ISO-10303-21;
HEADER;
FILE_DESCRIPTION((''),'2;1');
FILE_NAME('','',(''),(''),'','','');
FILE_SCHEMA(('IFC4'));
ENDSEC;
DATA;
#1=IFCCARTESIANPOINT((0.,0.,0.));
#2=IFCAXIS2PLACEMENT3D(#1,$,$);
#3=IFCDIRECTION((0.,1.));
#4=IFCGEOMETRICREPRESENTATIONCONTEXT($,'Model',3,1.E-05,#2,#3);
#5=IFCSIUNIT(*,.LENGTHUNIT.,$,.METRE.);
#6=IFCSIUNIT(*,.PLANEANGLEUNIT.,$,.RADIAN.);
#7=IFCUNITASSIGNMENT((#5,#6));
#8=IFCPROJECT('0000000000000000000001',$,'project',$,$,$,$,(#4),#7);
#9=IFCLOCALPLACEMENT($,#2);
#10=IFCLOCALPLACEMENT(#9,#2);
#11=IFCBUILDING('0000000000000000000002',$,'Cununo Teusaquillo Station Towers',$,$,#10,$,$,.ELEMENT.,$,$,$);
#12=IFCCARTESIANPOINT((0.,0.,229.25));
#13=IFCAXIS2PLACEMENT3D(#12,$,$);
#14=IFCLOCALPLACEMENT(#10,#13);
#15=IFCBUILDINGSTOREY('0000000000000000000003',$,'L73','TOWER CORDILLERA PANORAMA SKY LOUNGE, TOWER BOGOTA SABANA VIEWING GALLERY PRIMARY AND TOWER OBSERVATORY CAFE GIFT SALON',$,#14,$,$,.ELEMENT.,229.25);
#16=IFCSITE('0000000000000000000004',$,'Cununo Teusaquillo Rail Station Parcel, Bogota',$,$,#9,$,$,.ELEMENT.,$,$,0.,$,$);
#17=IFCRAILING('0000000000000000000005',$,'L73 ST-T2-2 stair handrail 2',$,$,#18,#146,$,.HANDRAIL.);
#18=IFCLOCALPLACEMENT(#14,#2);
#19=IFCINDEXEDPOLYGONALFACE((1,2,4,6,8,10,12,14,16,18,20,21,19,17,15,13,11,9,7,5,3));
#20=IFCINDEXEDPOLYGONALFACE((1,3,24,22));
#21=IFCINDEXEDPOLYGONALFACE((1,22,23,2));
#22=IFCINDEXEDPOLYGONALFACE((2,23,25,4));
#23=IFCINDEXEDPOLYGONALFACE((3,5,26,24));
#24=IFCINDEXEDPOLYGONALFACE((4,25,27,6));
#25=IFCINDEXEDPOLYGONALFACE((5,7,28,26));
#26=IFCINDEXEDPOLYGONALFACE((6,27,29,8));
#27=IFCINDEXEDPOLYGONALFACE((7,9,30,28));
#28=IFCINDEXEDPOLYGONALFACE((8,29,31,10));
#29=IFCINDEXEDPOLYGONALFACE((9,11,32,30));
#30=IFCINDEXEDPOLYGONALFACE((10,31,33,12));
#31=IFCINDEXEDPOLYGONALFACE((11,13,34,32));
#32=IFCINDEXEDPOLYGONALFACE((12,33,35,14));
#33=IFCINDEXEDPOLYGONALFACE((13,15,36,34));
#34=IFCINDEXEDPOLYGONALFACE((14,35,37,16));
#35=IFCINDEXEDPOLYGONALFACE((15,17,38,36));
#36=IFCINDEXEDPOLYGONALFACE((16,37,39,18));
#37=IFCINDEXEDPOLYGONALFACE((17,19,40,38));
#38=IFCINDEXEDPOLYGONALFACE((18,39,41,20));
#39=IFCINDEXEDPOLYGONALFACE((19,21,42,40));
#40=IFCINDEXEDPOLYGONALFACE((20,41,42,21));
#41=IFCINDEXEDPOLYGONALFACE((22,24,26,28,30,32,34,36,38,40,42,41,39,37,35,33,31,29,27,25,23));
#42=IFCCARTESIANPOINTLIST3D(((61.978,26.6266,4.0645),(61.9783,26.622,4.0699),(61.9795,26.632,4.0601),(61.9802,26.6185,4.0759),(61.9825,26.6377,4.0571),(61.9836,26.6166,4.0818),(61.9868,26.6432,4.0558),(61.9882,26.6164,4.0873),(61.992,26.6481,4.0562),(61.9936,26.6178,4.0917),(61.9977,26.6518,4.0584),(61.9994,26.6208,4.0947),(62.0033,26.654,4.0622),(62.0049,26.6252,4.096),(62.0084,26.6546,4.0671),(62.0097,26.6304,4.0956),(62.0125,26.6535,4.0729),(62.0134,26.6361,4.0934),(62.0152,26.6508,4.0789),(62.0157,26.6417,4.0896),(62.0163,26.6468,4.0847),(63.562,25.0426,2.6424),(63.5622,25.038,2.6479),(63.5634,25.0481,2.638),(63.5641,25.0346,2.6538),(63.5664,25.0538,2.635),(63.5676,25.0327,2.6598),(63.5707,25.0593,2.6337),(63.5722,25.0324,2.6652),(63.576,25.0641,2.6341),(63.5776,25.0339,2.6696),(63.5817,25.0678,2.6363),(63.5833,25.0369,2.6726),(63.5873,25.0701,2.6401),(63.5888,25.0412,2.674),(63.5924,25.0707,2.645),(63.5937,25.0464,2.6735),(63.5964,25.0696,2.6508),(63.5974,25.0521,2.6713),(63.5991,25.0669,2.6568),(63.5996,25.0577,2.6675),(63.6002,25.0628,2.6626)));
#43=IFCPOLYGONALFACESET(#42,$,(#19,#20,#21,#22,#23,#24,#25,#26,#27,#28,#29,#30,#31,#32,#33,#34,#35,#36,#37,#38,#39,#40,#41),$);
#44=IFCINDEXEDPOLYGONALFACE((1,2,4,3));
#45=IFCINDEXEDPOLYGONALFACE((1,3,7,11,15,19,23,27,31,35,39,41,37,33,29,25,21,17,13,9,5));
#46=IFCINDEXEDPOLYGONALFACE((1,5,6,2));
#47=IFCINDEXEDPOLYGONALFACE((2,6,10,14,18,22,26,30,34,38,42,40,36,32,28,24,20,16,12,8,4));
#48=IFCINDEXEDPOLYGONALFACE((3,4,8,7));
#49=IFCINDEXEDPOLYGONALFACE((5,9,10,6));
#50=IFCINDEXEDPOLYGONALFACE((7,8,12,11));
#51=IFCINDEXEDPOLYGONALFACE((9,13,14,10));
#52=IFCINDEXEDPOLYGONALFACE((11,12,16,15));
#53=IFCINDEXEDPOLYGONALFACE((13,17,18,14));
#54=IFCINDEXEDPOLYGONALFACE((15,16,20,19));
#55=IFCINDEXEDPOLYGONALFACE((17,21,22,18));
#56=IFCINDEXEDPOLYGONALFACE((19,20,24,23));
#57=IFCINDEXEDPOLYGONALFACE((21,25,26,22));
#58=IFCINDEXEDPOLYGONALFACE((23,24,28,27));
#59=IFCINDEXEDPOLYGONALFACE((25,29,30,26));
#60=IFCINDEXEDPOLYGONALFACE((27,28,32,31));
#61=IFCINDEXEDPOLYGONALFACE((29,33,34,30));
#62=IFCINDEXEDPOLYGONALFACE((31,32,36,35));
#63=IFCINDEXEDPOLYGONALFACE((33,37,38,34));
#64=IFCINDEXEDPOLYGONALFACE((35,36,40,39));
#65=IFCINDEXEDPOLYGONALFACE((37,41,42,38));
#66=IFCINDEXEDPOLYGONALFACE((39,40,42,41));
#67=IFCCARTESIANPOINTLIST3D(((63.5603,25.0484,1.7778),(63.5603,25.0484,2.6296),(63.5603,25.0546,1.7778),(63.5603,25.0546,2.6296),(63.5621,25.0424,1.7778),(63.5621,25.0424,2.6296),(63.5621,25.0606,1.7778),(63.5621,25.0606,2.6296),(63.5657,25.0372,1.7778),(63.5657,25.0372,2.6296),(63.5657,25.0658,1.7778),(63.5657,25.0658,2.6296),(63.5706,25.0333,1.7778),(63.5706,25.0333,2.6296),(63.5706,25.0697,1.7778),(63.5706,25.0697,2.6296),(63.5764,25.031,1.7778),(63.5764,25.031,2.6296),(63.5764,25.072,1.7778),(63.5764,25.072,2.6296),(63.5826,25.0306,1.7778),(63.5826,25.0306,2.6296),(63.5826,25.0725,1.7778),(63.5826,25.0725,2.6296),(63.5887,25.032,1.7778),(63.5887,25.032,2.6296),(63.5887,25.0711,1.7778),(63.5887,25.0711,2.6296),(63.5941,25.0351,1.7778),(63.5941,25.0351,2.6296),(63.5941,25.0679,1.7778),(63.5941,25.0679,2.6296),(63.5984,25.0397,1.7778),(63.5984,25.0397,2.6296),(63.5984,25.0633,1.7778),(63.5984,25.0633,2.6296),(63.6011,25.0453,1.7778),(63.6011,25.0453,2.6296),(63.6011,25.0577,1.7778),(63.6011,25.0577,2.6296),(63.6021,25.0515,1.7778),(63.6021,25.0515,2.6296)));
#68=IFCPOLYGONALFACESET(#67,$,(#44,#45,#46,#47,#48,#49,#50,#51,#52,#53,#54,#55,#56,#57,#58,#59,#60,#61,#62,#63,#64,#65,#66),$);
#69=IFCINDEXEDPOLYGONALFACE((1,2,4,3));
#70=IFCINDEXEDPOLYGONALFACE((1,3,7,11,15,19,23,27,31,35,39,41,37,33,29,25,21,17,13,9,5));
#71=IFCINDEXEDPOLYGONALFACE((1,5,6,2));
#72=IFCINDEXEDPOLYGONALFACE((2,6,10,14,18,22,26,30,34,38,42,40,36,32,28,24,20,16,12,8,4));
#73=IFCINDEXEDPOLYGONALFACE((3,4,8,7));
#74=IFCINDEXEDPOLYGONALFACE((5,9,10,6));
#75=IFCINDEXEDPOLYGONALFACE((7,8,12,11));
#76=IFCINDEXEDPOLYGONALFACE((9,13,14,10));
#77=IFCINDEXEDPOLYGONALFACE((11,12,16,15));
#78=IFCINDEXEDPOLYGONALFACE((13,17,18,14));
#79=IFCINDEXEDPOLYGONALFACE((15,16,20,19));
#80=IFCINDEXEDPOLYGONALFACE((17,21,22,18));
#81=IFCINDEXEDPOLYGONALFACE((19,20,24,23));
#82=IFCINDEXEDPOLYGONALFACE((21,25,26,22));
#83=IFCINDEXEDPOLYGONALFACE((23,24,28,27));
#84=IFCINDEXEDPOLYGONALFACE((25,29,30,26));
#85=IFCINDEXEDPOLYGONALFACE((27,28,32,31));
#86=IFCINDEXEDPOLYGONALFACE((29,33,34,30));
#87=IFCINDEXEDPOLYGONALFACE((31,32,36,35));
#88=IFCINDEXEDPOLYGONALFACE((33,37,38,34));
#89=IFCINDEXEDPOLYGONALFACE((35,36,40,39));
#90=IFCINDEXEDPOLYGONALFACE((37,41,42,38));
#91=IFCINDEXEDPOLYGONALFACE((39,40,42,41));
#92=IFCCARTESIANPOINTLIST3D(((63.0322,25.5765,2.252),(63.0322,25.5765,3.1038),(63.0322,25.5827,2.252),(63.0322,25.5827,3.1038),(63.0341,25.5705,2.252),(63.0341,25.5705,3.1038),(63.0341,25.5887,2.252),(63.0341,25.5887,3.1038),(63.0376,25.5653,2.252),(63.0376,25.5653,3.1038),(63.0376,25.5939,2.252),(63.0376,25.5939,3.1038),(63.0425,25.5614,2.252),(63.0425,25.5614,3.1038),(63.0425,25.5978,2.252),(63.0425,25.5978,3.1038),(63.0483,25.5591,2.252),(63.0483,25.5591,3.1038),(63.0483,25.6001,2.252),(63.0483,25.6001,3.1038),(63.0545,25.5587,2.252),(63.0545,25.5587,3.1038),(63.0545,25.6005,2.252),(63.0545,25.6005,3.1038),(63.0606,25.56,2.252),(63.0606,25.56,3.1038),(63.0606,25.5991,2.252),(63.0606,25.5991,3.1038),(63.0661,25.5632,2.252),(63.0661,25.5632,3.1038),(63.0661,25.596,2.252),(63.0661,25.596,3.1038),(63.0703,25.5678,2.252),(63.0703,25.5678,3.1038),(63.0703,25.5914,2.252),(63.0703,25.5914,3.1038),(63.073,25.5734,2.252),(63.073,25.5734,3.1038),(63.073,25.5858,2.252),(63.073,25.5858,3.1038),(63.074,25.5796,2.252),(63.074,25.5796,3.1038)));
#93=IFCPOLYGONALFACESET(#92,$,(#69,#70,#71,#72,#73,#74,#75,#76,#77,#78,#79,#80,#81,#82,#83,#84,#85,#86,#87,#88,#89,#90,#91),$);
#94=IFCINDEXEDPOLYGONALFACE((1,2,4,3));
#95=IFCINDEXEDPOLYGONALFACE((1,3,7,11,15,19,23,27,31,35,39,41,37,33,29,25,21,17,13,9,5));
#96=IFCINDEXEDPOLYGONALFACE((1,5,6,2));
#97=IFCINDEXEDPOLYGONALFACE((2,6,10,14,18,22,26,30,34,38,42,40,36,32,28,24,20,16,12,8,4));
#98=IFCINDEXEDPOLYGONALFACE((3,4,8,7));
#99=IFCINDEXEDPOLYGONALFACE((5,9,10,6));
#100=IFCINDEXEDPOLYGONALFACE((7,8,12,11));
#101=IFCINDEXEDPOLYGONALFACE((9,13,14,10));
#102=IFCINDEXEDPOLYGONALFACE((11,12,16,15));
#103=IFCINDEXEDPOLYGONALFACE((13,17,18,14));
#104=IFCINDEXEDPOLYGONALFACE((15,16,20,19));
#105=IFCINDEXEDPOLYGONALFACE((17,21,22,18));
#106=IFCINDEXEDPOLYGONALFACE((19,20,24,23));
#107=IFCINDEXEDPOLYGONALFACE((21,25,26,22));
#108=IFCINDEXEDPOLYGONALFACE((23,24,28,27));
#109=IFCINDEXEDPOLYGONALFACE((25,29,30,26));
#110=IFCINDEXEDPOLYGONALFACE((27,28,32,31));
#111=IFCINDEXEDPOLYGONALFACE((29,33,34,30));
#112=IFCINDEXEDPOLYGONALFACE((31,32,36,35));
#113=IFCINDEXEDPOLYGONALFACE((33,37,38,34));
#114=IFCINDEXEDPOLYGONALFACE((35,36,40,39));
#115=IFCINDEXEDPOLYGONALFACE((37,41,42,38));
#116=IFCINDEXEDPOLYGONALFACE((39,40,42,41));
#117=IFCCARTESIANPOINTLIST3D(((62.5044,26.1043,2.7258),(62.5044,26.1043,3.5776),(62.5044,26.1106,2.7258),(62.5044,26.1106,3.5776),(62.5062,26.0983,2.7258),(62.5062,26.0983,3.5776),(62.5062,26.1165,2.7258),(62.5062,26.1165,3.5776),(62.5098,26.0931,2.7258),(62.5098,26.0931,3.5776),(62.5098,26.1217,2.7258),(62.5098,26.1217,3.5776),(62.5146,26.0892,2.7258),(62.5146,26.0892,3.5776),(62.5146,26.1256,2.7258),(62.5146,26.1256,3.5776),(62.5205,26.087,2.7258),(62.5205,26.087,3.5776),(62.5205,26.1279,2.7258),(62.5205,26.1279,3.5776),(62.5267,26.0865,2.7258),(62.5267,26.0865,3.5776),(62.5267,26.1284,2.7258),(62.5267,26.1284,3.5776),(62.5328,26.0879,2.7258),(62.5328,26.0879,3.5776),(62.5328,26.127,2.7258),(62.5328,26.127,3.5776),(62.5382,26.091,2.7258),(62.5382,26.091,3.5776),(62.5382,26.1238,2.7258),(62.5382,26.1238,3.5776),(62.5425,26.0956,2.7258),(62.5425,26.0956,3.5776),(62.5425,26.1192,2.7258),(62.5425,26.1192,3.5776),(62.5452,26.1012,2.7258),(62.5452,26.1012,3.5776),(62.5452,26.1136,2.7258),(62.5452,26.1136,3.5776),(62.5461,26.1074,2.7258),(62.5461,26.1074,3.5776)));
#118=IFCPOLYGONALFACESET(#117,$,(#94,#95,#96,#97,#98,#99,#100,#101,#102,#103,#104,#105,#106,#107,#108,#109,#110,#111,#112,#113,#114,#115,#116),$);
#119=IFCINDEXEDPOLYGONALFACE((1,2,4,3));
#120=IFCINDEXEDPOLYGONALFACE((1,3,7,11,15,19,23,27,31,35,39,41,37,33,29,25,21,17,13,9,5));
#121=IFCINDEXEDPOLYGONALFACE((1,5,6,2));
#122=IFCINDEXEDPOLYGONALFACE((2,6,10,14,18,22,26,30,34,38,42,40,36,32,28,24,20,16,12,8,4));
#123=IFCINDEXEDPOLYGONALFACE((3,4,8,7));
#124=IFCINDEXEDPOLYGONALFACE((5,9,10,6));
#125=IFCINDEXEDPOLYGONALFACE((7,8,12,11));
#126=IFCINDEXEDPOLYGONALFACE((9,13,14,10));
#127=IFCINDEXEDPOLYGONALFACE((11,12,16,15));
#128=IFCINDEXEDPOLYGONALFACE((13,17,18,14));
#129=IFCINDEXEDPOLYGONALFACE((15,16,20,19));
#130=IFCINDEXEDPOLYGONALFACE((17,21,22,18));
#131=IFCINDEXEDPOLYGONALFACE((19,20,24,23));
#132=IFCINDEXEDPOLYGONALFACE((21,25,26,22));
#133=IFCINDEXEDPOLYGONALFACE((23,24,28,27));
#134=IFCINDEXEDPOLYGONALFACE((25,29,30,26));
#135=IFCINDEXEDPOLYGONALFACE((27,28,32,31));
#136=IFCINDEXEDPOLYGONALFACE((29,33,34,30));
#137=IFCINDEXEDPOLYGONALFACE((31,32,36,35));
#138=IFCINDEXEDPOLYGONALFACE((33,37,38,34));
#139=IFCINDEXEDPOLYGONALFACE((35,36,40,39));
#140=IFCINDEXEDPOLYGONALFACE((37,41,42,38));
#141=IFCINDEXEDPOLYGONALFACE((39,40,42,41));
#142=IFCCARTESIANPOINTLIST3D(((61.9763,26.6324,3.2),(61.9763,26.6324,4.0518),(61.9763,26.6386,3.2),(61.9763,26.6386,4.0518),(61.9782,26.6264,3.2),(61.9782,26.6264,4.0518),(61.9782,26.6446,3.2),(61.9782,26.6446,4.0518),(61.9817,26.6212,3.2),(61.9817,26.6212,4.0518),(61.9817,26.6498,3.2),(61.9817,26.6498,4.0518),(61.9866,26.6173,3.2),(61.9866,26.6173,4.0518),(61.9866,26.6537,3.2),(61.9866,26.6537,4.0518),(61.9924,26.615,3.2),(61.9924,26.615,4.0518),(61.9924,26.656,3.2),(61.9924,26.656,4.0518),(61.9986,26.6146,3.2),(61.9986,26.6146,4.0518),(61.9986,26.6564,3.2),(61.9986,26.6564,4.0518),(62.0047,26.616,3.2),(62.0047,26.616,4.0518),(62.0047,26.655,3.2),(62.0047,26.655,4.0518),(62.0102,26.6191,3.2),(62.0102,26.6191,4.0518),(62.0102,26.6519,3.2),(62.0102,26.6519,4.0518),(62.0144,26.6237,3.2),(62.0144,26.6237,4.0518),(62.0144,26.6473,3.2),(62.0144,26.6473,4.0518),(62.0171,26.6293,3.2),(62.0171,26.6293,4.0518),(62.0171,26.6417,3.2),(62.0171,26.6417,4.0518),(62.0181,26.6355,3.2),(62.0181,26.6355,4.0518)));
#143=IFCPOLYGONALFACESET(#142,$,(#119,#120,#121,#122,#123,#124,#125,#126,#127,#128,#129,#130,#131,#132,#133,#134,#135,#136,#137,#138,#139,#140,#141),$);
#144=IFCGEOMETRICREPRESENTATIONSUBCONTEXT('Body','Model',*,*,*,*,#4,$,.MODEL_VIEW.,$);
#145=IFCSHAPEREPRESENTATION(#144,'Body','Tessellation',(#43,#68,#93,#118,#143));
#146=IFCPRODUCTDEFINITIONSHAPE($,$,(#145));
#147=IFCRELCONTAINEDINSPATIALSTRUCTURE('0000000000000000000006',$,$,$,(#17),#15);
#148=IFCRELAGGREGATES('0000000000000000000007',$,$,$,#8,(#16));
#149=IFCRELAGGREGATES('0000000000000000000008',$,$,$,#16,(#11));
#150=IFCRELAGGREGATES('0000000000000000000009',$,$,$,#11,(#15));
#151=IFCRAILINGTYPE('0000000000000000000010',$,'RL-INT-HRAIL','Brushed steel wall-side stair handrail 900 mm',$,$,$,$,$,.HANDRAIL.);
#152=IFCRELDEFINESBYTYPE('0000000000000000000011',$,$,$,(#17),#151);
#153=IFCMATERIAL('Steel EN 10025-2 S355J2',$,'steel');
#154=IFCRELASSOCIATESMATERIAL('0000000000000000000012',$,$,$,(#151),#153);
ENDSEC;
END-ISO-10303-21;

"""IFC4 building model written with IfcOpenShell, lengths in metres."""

from ifc_helpers import new_model, si_unit, direction, frame, origin, origin_2d, place, context, subcontext, project, spatial, circle, extrude, material, type_object, element, save


model = new_model("IFC4")

# Units and contexts
model_context = context("Model", 3, precision=1e-05, world=origin(), true_north=direction((0.0, 1.0)))
body_context = subcontext(model_context, "Body", "Model", "MODEL_VIEW")
ifc_project = project(units=[si_unit("LENGTHUNIT", "METRE"), si_unit("PLANEANGLEUNIT", "RADIAN")], contexts=[model_context])

# Site, building, storey
site_placement = place(None, origin())
site = spatial("IfcSite", under=ifc_project, at=site_placement, Name="Cununo Teusaquillo Rail Station Parcel, Bogota", CompositionType="ELEMENT", RefElevation=0.0)
building_placement = place(site_placement, origin())
building = spatial("IfcBuilding", under=site, at=building_placement, Name="Cununo Teusaquillo Station Towers", CompositionType="ELEMENT")
storey_placement = place(building_placement, frame((0.0, 0.0, 229.25)))
storey = spatial("IfcBuildingStorey", under=building, at=storey_placement, Name="L73", Description="TOWER CORDILLERA PANORAMA SKY LOUNGE, TOWER BOGOTA SABANA VIEWING GALLERY PRIMARY AND TOWER OBSERVATORY CAFE GIFT SALON", CompositionType="ELEMENT", Elevation=229.25)

# Railing
ifc_material_1 = material(Name="Steel EN 10025-2 S355J2", Category="steel")
railing_type_1 = type_object("IfcRailingType", Name="RL-INT-HRAIL", Description="Brushed steel wall-side stair handrail 900 mm", PredefinedType="HANDRAIL", material=ifc_material_1)
railing_1_placement = place(storey_placement, frame((63.5811, 25.0515, 1.7778)))
element("IfcRailing", 1, at=railing_1_placement, inside=storey, type_object=railing_type_1, Name="L73 ST-T2-2 stair handrail 2", PredefinedType="HANDRAIL", context=body_context, shape_type="SweptSolid", body=[
    extrude(circle(Radius=0.0239, at=origin_2d()), frame((0.0, 0.0, 0.876), z_axis=(-0.596968, 0.596968, 0.535965), x_axis=(-0.707107, -0.707107, 0.0)), (0.0, 0.0, 1.0), 2.6533),
    extrude(circle(Radius=0.021, at=origin_2d()), origin(), (0.0, 0.0, 1.0), 0.8518),
    extrude(circle(Radius=0.021, at=origin_2d()), frame((-0.5281, 0.5281, 0.4741)), (0.0, 0.0, 1.0), 0.8518),
    extrude(circle(Radius=0.021, at=origin_2d()), frame((-1.0559, 1.0559, 0.948)), (0.0, 0.0, 1.0), 0.8518),
    extrude(circle(Radius=0.021, at=origin_2d()), frame((-1.584, 1.584, 1.4221)), (0.0, 0.0, 1.0), 0.8518),
])

save(model, "model.ifc")
